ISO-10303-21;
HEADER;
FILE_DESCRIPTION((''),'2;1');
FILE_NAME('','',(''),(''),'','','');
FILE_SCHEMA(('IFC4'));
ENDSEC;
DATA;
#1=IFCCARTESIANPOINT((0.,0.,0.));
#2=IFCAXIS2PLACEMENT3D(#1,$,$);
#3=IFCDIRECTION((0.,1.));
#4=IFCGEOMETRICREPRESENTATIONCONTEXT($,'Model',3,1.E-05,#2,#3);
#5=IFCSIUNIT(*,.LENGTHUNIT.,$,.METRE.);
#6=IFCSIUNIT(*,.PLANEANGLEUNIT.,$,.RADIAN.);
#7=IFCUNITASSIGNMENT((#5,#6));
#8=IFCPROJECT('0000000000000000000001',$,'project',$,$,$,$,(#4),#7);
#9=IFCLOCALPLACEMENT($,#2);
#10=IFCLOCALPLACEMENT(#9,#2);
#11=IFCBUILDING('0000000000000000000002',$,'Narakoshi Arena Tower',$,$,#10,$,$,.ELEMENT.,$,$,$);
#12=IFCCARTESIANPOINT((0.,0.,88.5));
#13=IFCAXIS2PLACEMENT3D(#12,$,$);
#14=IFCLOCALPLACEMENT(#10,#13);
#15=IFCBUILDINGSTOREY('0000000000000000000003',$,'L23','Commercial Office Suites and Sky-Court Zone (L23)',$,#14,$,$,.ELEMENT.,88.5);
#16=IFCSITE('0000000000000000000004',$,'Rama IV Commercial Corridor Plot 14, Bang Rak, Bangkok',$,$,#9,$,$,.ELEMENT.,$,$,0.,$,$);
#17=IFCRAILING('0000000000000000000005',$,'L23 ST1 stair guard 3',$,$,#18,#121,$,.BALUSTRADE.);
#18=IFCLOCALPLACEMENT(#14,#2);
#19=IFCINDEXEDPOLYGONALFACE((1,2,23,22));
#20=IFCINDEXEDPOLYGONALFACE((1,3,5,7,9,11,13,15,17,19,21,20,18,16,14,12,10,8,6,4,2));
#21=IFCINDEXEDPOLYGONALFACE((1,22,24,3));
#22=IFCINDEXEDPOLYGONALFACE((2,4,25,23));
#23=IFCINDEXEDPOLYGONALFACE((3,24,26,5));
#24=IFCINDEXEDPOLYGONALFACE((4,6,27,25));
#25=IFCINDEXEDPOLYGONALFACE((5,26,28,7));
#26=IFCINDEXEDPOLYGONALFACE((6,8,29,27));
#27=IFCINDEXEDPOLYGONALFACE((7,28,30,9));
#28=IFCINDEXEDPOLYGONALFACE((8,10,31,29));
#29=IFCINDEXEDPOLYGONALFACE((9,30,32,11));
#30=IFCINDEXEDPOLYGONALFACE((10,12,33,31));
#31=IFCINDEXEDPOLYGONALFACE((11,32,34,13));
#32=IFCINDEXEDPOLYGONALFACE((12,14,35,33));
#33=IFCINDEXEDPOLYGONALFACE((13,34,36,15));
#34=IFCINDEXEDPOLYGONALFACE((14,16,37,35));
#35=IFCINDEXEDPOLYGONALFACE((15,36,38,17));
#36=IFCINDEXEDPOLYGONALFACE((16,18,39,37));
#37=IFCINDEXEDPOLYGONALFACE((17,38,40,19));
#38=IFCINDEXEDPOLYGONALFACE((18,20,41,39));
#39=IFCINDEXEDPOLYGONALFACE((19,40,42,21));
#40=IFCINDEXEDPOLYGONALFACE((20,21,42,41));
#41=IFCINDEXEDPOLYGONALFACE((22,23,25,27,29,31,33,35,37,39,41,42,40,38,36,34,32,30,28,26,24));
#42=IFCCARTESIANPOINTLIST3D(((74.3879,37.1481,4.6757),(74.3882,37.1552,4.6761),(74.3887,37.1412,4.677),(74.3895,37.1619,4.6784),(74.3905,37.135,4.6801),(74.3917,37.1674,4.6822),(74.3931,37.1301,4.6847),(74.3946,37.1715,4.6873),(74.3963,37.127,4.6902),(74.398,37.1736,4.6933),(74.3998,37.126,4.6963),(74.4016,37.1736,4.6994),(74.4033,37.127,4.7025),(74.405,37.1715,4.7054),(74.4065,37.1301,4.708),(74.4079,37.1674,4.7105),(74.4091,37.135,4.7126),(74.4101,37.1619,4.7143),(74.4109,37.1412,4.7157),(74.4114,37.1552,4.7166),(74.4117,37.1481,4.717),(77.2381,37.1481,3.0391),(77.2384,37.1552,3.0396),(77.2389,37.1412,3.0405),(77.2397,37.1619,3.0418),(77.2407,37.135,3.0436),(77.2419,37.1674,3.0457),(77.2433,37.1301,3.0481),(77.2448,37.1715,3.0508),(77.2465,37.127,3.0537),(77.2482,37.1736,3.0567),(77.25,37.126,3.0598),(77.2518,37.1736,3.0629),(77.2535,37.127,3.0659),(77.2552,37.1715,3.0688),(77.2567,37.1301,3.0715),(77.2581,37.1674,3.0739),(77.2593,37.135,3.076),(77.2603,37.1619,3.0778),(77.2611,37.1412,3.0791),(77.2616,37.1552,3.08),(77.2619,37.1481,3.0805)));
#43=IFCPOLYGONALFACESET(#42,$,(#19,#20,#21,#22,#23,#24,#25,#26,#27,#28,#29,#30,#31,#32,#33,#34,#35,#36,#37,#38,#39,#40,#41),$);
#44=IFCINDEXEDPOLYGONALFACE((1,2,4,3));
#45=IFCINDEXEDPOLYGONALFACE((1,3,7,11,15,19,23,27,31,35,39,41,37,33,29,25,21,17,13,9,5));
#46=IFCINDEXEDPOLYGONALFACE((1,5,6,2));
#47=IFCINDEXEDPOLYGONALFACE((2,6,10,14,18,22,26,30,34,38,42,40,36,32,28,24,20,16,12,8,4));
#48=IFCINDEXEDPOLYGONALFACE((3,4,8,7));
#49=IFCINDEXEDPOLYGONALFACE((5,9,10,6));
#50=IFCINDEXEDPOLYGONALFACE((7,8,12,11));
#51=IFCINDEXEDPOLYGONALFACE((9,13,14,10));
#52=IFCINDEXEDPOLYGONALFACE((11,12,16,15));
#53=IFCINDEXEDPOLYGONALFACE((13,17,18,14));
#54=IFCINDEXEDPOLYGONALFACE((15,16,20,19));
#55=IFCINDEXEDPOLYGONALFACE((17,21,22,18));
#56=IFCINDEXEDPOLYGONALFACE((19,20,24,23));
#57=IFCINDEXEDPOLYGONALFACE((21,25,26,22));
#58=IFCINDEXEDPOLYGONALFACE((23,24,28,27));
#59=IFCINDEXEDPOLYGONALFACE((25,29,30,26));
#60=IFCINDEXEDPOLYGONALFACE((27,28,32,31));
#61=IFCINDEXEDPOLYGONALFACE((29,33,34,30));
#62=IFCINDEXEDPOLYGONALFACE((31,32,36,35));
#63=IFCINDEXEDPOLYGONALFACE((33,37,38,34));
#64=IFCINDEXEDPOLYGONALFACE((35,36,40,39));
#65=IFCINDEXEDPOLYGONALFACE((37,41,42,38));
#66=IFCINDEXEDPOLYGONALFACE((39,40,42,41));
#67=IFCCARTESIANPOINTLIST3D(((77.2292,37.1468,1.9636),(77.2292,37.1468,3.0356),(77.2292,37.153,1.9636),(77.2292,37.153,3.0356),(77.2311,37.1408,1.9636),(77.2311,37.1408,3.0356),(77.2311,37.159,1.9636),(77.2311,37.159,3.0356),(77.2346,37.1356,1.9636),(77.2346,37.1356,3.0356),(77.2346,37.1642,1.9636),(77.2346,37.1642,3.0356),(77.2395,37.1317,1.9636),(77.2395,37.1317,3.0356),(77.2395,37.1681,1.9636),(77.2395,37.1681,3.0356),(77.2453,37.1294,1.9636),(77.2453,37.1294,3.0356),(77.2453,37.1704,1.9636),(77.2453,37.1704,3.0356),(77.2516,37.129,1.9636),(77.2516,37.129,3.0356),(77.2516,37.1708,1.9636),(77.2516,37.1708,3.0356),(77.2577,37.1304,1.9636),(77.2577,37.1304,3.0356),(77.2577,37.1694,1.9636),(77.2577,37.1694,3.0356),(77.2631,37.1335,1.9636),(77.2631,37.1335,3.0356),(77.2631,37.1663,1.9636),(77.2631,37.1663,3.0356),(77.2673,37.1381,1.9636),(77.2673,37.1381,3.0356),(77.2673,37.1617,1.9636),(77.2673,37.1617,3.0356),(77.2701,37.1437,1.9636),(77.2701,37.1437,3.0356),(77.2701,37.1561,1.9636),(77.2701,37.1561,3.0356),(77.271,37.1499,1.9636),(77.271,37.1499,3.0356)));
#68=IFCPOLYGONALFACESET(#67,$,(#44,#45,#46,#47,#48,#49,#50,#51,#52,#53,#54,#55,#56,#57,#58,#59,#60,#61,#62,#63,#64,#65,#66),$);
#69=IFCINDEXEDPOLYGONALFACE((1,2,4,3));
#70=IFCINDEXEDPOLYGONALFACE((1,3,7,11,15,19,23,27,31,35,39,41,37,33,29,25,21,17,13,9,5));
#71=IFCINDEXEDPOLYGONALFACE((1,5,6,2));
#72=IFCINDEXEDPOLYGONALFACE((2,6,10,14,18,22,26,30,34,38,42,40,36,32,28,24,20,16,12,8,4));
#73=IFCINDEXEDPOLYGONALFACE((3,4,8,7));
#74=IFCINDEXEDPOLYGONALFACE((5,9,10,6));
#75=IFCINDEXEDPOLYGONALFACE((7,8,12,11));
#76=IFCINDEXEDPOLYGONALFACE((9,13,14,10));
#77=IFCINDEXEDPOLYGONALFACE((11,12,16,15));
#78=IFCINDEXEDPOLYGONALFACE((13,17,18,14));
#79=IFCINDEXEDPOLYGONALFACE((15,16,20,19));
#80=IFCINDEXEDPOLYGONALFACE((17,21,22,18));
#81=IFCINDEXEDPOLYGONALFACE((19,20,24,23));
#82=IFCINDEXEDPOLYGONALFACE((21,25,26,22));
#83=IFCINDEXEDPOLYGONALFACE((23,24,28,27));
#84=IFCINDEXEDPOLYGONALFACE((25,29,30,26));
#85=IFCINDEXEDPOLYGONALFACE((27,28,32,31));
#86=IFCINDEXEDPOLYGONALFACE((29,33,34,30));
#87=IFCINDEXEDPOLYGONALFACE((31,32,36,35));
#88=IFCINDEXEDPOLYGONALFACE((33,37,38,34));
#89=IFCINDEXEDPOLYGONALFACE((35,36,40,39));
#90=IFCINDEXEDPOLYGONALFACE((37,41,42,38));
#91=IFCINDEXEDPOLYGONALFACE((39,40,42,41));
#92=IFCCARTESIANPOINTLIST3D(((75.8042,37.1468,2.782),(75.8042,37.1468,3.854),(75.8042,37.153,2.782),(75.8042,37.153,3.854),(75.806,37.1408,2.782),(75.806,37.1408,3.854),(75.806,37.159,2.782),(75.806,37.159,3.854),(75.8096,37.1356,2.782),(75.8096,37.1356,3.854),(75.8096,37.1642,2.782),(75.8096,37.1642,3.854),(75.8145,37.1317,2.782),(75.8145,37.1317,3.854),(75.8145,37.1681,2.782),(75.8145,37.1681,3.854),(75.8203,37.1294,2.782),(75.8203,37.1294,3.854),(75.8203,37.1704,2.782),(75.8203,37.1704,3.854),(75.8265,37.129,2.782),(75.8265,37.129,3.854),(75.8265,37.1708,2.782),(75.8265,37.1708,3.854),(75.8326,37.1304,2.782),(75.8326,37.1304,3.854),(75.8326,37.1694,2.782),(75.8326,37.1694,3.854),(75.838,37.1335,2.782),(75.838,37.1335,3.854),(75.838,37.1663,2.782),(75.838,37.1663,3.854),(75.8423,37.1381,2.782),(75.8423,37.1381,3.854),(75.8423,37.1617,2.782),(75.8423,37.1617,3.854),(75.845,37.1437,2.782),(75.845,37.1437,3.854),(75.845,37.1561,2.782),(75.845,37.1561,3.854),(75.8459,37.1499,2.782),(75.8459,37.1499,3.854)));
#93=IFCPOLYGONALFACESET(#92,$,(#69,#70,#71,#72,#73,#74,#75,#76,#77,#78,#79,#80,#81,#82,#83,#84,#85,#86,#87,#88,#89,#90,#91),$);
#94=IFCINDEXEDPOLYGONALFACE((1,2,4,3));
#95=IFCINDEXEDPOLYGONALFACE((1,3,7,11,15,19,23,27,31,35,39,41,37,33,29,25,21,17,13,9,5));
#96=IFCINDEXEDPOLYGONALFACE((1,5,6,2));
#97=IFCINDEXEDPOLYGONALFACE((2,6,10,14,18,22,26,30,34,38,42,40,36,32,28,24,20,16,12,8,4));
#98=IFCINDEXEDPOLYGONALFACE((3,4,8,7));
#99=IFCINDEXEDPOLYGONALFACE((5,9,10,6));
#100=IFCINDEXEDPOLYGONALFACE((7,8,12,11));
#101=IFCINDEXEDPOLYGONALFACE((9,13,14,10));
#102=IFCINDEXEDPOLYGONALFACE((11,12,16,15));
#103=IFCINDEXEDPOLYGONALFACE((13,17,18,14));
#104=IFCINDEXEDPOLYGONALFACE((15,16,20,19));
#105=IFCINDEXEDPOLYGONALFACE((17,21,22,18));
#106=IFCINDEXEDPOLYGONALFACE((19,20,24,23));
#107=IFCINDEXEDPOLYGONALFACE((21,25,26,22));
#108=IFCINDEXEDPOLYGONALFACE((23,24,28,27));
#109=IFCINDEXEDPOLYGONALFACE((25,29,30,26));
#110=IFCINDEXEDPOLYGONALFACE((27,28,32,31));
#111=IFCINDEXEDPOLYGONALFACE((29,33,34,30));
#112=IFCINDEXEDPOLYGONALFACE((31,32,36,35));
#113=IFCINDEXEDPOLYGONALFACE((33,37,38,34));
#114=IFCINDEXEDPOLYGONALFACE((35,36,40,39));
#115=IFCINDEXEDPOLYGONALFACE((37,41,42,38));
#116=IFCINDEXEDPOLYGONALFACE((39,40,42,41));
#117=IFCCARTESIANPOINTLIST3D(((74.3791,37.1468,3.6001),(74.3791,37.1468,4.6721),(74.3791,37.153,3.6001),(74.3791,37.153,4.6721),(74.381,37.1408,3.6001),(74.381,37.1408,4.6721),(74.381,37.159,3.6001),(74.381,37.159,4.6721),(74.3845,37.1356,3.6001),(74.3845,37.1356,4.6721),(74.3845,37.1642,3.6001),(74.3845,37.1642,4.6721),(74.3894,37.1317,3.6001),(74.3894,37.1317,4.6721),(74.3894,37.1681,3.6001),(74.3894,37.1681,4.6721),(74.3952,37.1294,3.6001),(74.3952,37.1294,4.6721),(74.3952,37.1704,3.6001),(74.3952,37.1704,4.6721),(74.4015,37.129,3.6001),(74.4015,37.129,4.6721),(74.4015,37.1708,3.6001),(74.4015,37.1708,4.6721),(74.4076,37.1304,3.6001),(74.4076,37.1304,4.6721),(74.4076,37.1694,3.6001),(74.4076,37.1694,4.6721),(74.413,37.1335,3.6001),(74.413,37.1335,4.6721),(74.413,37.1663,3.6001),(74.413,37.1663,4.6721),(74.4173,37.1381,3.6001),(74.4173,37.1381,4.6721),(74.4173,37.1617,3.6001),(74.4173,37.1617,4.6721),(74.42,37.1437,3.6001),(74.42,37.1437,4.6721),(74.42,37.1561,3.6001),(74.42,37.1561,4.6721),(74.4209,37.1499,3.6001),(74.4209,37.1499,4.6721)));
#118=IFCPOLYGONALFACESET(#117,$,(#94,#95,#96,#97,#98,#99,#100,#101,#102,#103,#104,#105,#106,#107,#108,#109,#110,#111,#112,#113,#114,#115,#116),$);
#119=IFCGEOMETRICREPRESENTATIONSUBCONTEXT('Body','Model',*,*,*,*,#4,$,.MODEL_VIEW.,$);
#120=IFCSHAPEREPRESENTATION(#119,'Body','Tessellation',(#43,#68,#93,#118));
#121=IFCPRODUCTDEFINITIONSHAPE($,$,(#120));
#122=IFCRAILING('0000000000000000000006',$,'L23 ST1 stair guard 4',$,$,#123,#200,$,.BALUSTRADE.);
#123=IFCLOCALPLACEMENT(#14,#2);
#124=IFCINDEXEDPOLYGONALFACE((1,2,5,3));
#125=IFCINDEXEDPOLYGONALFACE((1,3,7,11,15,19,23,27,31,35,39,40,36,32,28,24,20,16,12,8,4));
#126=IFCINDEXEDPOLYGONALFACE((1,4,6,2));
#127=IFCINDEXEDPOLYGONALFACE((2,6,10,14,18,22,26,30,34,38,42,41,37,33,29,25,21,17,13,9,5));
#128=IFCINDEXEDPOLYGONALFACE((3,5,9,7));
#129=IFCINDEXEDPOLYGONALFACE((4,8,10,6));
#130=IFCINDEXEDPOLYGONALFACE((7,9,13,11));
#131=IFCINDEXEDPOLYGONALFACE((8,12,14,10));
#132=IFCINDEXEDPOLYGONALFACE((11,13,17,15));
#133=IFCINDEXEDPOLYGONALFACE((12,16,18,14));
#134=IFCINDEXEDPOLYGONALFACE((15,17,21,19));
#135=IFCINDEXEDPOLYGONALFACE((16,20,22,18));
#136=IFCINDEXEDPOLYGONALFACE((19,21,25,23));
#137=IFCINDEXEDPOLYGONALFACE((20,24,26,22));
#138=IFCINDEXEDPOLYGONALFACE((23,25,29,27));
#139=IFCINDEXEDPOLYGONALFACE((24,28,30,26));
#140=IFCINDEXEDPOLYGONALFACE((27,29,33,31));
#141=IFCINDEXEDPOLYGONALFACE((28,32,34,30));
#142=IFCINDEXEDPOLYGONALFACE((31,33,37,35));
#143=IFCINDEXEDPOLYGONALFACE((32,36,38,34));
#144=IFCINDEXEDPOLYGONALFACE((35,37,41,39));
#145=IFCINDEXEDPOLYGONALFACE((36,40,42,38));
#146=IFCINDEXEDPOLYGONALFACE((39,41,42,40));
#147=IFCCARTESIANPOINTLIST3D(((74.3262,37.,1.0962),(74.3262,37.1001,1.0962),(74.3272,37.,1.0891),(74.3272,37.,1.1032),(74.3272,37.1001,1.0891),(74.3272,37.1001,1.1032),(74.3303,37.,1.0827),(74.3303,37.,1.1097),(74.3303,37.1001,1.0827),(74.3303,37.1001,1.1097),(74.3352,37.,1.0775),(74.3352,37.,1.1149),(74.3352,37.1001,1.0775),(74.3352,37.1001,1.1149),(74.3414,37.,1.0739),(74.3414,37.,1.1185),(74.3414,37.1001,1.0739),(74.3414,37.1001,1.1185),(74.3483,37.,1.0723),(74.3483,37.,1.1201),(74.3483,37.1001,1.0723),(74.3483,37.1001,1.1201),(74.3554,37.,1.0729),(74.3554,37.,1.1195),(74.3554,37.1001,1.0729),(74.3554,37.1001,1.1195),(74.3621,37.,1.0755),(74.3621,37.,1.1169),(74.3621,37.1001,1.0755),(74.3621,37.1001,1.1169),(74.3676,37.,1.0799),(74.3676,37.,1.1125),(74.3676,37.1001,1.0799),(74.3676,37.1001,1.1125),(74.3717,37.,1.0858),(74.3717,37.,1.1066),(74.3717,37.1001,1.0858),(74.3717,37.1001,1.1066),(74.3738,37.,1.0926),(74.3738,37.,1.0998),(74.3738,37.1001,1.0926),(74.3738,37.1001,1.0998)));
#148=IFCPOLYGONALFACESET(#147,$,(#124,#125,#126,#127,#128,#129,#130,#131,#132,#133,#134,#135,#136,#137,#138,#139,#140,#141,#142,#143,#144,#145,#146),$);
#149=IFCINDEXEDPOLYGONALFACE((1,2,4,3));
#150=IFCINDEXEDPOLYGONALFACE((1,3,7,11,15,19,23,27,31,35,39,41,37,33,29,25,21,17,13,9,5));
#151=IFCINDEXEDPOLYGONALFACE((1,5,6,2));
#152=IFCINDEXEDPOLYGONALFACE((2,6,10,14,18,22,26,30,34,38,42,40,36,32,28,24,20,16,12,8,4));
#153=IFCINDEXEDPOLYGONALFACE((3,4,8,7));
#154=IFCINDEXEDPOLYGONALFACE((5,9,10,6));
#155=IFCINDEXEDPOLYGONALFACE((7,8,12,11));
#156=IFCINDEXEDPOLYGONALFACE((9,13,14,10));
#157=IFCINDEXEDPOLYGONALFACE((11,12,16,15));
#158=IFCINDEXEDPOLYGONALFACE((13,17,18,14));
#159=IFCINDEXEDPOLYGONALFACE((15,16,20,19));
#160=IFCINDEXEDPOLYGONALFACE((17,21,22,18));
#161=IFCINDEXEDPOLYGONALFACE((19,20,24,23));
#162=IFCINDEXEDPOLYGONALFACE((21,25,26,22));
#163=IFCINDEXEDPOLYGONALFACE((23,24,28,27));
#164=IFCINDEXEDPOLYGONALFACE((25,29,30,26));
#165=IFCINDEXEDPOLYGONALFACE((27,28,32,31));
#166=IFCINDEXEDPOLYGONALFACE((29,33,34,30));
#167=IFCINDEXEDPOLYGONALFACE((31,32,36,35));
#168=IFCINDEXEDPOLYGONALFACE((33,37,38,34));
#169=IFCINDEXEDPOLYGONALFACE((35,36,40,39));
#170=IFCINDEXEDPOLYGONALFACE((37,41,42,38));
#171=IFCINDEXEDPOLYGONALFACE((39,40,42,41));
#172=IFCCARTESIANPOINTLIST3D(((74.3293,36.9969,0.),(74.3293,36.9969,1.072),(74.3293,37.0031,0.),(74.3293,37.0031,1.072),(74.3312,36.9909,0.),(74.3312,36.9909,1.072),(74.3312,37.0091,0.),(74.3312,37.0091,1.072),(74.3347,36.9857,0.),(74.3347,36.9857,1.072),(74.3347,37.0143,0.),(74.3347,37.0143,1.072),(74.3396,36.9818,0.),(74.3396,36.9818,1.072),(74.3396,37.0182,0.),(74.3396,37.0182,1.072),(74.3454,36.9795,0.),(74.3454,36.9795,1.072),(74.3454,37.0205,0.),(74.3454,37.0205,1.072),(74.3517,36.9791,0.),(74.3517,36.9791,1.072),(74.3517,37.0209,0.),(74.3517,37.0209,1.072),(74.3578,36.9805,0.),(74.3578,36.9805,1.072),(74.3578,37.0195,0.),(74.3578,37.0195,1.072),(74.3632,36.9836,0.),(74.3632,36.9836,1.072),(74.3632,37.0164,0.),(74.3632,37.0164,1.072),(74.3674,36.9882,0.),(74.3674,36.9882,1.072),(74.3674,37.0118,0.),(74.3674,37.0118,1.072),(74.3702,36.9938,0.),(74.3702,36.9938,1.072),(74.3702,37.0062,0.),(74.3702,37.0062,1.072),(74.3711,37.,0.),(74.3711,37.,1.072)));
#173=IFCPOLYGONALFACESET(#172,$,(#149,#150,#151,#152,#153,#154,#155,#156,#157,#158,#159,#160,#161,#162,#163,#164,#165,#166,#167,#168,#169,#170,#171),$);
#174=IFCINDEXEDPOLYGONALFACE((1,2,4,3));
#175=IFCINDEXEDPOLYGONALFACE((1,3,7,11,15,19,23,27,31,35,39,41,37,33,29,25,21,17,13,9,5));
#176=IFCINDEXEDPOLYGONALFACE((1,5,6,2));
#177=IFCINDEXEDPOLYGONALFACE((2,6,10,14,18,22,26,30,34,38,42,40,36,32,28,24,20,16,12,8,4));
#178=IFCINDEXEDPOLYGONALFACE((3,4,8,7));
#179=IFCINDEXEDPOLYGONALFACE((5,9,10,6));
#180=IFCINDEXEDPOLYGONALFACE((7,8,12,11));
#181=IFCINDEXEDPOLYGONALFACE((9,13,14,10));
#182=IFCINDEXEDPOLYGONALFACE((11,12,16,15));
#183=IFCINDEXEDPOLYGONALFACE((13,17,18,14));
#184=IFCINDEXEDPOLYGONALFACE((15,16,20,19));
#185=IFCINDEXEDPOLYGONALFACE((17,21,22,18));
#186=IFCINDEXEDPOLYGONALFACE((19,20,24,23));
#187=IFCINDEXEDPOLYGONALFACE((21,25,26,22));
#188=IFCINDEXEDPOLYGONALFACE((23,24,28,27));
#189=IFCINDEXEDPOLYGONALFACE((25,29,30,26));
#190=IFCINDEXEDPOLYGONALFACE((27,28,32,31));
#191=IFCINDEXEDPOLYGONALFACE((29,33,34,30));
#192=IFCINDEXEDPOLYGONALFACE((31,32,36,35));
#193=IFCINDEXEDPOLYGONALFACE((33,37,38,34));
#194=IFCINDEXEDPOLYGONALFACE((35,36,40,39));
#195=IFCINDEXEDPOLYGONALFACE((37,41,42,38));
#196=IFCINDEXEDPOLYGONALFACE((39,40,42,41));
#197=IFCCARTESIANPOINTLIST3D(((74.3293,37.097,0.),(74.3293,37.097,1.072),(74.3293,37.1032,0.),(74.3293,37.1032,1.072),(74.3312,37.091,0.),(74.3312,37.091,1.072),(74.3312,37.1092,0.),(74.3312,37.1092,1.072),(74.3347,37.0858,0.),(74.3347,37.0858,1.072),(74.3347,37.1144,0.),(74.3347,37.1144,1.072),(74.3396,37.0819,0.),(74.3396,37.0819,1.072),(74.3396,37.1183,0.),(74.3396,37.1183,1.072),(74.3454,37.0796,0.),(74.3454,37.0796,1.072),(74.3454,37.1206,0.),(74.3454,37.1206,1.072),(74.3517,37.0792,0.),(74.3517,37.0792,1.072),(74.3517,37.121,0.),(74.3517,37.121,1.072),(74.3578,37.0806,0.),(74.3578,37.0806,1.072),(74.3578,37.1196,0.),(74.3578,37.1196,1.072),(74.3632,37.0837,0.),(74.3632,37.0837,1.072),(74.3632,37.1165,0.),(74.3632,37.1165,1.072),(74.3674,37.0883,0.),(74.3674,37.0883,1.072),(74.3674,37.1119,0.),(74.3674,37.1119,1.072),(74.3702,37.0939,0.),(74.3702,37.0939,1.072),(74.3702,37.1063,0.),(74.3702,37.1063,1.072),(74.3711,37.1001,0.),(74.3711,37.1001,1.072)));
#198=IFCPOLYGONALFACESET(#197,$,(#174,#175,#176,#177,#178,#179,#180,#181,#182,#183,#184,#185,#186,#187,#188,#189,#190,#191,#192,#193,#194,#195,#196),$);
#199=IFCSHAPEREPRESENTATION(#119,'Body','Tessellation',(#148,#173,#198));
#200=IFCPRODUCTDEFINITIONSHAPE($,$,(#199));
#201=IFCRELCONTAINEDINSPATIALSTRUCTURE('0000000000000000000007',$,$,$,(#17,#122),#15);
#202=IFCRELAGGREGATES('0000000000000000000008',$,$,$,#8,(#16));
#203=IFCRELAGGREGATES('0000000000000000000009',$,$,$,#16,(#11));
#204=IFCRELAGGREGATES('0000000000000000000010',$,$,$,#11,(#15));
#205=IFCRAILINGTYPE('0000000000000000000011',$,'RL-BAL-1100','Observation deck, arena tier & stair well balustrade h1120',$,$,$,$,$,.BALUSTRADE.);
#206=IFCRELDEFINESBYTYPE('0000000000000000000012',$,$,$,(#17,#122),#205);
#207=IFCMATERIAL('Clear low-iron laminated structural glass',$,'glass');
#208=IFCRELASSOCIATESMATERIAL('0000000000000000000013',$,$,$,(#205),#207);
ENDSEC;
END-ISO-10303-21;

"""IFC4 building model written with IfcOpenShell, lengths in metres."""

from ifc_helpers import new_model, si_unit, direction, frame, origin, origin_2d, place, context, subcontext, project, spatial, circle, extrude, material, type_object, element, save


model = new_model("IFC4")

# Units and contexts
model_context = context("Model", 3, precision=1e-05, world=origin(), true_north=direction((0.0, 1.0)))
body_context = subcontext(model_context, "Body", "Model", "MODEL_VIEW")
ifc_project = project(units=[si_unit("LENGTHUNIT", "METRE"), si_unit("PLANEANGLEUNIT", "RADIAN")], contexts=[model_context])

# Site, building, storey
site_placement = place(None, origin())
site = spatial("IfcSite", under=ifc_project, at=site_placement, Name="Rama IV Commercial Corridor Plot 14, Bang Rak, Bangkok", CompositionType="ELEMENT", RefElevation=0.0)
building_placement = place(site_placement, origin())
building = spatial("IfcBuilding", under=site, at=building_placement, Name="Narakoshi Arena Tower", CompositionType="ELEMENT")
storey_placement = place(building_placement, frame((0.0, 0.0, 88.5)))
storey = spatial("IfcBuildingStorey", under=building, at=storey_placement, Name="L23", Description="Commercial Office Suites and Sky-Court Zone (L23)", CompositionType="ELEMENT", Elevation=88.5)

# Railings
ifc_material_1 = material(Name="Clear low-iron laminated structural glass", Category="glass")
railing_type_1 = type_object("IfcRailingType", Name="RL-BAL-1100", Description="Observation deck, arena tier & stair well balustrade h1120", PredefinedType="BALUSTRADE", material=ifc_material_1)
railing_1_placement = place(storey_placement, frame((77.25, 37.1499, 1.9636)))
element("IfcRailing", 1, at=railing_1_placement, inside=storey, type_object=railing_type_1, Name="L23 ST1 stair guard 3", PredefinedType="BALUSTRADE", context=body_context, shape_type="SweptSolid", body=[
    extrude(circle(Radius=0.0239, at=origin_2d()), frame((0.0, 0.0, 1.0962), z_axis=(-0.867213, 0.0, 0.497938), x_axis=(0.0, -1.0, 0.0)), (0.0, 0.0, 1.0), 3.2866),
    extrude(circle(Radius=0.021, at=origin_2d()), origin(), (0.0, 0.0, 1.0), 1.072),
    extrude(circle(Radius=0.021, at=origin_2d()), frame((-1.425, 0.0, 0.8184)), (0.0, 0.0, 1.0), 1.072),
    extrude(circle(Radius=0.021, at=origin_2d()), frame((-2.8501, 0.0, 1.6365)), (0.0, 0.0, 1.0), 1.072),
])
railing_2_placement = place(storey_placement, frame((74.3501, 37.0, 0.0)))
element("IfcRailing", 2, at=railing_2_placement, inside=storey, type_object=railing_type_1, Name="L23 ST1 stair guard 4", PredefinedType="BALUSTRADE", context=body_context, shape_type="SweptSolid", body=[
    extrude(circle(Radius=0.0239, at=origin_2d()), frame((0.0, 0.0, 1.0962), z_axis=(0.0, 1.0, 0.0), x_axis=(-1.0, 0.0, 0.0)), (0.0, 0.0, 1.0), 0.1001),
    extrude(circle(Radius=0.021, at=origin_2d()), origin(), (0.0, 0.0, 1.0), 1.072),
    extrude(circle(Radius=0.021, at=origin_2d()), frame((0.0, 0.1001, 0.0)), (0.0, 0.0, 1.0), 1.072),
])

save(model, "model.ifc")
